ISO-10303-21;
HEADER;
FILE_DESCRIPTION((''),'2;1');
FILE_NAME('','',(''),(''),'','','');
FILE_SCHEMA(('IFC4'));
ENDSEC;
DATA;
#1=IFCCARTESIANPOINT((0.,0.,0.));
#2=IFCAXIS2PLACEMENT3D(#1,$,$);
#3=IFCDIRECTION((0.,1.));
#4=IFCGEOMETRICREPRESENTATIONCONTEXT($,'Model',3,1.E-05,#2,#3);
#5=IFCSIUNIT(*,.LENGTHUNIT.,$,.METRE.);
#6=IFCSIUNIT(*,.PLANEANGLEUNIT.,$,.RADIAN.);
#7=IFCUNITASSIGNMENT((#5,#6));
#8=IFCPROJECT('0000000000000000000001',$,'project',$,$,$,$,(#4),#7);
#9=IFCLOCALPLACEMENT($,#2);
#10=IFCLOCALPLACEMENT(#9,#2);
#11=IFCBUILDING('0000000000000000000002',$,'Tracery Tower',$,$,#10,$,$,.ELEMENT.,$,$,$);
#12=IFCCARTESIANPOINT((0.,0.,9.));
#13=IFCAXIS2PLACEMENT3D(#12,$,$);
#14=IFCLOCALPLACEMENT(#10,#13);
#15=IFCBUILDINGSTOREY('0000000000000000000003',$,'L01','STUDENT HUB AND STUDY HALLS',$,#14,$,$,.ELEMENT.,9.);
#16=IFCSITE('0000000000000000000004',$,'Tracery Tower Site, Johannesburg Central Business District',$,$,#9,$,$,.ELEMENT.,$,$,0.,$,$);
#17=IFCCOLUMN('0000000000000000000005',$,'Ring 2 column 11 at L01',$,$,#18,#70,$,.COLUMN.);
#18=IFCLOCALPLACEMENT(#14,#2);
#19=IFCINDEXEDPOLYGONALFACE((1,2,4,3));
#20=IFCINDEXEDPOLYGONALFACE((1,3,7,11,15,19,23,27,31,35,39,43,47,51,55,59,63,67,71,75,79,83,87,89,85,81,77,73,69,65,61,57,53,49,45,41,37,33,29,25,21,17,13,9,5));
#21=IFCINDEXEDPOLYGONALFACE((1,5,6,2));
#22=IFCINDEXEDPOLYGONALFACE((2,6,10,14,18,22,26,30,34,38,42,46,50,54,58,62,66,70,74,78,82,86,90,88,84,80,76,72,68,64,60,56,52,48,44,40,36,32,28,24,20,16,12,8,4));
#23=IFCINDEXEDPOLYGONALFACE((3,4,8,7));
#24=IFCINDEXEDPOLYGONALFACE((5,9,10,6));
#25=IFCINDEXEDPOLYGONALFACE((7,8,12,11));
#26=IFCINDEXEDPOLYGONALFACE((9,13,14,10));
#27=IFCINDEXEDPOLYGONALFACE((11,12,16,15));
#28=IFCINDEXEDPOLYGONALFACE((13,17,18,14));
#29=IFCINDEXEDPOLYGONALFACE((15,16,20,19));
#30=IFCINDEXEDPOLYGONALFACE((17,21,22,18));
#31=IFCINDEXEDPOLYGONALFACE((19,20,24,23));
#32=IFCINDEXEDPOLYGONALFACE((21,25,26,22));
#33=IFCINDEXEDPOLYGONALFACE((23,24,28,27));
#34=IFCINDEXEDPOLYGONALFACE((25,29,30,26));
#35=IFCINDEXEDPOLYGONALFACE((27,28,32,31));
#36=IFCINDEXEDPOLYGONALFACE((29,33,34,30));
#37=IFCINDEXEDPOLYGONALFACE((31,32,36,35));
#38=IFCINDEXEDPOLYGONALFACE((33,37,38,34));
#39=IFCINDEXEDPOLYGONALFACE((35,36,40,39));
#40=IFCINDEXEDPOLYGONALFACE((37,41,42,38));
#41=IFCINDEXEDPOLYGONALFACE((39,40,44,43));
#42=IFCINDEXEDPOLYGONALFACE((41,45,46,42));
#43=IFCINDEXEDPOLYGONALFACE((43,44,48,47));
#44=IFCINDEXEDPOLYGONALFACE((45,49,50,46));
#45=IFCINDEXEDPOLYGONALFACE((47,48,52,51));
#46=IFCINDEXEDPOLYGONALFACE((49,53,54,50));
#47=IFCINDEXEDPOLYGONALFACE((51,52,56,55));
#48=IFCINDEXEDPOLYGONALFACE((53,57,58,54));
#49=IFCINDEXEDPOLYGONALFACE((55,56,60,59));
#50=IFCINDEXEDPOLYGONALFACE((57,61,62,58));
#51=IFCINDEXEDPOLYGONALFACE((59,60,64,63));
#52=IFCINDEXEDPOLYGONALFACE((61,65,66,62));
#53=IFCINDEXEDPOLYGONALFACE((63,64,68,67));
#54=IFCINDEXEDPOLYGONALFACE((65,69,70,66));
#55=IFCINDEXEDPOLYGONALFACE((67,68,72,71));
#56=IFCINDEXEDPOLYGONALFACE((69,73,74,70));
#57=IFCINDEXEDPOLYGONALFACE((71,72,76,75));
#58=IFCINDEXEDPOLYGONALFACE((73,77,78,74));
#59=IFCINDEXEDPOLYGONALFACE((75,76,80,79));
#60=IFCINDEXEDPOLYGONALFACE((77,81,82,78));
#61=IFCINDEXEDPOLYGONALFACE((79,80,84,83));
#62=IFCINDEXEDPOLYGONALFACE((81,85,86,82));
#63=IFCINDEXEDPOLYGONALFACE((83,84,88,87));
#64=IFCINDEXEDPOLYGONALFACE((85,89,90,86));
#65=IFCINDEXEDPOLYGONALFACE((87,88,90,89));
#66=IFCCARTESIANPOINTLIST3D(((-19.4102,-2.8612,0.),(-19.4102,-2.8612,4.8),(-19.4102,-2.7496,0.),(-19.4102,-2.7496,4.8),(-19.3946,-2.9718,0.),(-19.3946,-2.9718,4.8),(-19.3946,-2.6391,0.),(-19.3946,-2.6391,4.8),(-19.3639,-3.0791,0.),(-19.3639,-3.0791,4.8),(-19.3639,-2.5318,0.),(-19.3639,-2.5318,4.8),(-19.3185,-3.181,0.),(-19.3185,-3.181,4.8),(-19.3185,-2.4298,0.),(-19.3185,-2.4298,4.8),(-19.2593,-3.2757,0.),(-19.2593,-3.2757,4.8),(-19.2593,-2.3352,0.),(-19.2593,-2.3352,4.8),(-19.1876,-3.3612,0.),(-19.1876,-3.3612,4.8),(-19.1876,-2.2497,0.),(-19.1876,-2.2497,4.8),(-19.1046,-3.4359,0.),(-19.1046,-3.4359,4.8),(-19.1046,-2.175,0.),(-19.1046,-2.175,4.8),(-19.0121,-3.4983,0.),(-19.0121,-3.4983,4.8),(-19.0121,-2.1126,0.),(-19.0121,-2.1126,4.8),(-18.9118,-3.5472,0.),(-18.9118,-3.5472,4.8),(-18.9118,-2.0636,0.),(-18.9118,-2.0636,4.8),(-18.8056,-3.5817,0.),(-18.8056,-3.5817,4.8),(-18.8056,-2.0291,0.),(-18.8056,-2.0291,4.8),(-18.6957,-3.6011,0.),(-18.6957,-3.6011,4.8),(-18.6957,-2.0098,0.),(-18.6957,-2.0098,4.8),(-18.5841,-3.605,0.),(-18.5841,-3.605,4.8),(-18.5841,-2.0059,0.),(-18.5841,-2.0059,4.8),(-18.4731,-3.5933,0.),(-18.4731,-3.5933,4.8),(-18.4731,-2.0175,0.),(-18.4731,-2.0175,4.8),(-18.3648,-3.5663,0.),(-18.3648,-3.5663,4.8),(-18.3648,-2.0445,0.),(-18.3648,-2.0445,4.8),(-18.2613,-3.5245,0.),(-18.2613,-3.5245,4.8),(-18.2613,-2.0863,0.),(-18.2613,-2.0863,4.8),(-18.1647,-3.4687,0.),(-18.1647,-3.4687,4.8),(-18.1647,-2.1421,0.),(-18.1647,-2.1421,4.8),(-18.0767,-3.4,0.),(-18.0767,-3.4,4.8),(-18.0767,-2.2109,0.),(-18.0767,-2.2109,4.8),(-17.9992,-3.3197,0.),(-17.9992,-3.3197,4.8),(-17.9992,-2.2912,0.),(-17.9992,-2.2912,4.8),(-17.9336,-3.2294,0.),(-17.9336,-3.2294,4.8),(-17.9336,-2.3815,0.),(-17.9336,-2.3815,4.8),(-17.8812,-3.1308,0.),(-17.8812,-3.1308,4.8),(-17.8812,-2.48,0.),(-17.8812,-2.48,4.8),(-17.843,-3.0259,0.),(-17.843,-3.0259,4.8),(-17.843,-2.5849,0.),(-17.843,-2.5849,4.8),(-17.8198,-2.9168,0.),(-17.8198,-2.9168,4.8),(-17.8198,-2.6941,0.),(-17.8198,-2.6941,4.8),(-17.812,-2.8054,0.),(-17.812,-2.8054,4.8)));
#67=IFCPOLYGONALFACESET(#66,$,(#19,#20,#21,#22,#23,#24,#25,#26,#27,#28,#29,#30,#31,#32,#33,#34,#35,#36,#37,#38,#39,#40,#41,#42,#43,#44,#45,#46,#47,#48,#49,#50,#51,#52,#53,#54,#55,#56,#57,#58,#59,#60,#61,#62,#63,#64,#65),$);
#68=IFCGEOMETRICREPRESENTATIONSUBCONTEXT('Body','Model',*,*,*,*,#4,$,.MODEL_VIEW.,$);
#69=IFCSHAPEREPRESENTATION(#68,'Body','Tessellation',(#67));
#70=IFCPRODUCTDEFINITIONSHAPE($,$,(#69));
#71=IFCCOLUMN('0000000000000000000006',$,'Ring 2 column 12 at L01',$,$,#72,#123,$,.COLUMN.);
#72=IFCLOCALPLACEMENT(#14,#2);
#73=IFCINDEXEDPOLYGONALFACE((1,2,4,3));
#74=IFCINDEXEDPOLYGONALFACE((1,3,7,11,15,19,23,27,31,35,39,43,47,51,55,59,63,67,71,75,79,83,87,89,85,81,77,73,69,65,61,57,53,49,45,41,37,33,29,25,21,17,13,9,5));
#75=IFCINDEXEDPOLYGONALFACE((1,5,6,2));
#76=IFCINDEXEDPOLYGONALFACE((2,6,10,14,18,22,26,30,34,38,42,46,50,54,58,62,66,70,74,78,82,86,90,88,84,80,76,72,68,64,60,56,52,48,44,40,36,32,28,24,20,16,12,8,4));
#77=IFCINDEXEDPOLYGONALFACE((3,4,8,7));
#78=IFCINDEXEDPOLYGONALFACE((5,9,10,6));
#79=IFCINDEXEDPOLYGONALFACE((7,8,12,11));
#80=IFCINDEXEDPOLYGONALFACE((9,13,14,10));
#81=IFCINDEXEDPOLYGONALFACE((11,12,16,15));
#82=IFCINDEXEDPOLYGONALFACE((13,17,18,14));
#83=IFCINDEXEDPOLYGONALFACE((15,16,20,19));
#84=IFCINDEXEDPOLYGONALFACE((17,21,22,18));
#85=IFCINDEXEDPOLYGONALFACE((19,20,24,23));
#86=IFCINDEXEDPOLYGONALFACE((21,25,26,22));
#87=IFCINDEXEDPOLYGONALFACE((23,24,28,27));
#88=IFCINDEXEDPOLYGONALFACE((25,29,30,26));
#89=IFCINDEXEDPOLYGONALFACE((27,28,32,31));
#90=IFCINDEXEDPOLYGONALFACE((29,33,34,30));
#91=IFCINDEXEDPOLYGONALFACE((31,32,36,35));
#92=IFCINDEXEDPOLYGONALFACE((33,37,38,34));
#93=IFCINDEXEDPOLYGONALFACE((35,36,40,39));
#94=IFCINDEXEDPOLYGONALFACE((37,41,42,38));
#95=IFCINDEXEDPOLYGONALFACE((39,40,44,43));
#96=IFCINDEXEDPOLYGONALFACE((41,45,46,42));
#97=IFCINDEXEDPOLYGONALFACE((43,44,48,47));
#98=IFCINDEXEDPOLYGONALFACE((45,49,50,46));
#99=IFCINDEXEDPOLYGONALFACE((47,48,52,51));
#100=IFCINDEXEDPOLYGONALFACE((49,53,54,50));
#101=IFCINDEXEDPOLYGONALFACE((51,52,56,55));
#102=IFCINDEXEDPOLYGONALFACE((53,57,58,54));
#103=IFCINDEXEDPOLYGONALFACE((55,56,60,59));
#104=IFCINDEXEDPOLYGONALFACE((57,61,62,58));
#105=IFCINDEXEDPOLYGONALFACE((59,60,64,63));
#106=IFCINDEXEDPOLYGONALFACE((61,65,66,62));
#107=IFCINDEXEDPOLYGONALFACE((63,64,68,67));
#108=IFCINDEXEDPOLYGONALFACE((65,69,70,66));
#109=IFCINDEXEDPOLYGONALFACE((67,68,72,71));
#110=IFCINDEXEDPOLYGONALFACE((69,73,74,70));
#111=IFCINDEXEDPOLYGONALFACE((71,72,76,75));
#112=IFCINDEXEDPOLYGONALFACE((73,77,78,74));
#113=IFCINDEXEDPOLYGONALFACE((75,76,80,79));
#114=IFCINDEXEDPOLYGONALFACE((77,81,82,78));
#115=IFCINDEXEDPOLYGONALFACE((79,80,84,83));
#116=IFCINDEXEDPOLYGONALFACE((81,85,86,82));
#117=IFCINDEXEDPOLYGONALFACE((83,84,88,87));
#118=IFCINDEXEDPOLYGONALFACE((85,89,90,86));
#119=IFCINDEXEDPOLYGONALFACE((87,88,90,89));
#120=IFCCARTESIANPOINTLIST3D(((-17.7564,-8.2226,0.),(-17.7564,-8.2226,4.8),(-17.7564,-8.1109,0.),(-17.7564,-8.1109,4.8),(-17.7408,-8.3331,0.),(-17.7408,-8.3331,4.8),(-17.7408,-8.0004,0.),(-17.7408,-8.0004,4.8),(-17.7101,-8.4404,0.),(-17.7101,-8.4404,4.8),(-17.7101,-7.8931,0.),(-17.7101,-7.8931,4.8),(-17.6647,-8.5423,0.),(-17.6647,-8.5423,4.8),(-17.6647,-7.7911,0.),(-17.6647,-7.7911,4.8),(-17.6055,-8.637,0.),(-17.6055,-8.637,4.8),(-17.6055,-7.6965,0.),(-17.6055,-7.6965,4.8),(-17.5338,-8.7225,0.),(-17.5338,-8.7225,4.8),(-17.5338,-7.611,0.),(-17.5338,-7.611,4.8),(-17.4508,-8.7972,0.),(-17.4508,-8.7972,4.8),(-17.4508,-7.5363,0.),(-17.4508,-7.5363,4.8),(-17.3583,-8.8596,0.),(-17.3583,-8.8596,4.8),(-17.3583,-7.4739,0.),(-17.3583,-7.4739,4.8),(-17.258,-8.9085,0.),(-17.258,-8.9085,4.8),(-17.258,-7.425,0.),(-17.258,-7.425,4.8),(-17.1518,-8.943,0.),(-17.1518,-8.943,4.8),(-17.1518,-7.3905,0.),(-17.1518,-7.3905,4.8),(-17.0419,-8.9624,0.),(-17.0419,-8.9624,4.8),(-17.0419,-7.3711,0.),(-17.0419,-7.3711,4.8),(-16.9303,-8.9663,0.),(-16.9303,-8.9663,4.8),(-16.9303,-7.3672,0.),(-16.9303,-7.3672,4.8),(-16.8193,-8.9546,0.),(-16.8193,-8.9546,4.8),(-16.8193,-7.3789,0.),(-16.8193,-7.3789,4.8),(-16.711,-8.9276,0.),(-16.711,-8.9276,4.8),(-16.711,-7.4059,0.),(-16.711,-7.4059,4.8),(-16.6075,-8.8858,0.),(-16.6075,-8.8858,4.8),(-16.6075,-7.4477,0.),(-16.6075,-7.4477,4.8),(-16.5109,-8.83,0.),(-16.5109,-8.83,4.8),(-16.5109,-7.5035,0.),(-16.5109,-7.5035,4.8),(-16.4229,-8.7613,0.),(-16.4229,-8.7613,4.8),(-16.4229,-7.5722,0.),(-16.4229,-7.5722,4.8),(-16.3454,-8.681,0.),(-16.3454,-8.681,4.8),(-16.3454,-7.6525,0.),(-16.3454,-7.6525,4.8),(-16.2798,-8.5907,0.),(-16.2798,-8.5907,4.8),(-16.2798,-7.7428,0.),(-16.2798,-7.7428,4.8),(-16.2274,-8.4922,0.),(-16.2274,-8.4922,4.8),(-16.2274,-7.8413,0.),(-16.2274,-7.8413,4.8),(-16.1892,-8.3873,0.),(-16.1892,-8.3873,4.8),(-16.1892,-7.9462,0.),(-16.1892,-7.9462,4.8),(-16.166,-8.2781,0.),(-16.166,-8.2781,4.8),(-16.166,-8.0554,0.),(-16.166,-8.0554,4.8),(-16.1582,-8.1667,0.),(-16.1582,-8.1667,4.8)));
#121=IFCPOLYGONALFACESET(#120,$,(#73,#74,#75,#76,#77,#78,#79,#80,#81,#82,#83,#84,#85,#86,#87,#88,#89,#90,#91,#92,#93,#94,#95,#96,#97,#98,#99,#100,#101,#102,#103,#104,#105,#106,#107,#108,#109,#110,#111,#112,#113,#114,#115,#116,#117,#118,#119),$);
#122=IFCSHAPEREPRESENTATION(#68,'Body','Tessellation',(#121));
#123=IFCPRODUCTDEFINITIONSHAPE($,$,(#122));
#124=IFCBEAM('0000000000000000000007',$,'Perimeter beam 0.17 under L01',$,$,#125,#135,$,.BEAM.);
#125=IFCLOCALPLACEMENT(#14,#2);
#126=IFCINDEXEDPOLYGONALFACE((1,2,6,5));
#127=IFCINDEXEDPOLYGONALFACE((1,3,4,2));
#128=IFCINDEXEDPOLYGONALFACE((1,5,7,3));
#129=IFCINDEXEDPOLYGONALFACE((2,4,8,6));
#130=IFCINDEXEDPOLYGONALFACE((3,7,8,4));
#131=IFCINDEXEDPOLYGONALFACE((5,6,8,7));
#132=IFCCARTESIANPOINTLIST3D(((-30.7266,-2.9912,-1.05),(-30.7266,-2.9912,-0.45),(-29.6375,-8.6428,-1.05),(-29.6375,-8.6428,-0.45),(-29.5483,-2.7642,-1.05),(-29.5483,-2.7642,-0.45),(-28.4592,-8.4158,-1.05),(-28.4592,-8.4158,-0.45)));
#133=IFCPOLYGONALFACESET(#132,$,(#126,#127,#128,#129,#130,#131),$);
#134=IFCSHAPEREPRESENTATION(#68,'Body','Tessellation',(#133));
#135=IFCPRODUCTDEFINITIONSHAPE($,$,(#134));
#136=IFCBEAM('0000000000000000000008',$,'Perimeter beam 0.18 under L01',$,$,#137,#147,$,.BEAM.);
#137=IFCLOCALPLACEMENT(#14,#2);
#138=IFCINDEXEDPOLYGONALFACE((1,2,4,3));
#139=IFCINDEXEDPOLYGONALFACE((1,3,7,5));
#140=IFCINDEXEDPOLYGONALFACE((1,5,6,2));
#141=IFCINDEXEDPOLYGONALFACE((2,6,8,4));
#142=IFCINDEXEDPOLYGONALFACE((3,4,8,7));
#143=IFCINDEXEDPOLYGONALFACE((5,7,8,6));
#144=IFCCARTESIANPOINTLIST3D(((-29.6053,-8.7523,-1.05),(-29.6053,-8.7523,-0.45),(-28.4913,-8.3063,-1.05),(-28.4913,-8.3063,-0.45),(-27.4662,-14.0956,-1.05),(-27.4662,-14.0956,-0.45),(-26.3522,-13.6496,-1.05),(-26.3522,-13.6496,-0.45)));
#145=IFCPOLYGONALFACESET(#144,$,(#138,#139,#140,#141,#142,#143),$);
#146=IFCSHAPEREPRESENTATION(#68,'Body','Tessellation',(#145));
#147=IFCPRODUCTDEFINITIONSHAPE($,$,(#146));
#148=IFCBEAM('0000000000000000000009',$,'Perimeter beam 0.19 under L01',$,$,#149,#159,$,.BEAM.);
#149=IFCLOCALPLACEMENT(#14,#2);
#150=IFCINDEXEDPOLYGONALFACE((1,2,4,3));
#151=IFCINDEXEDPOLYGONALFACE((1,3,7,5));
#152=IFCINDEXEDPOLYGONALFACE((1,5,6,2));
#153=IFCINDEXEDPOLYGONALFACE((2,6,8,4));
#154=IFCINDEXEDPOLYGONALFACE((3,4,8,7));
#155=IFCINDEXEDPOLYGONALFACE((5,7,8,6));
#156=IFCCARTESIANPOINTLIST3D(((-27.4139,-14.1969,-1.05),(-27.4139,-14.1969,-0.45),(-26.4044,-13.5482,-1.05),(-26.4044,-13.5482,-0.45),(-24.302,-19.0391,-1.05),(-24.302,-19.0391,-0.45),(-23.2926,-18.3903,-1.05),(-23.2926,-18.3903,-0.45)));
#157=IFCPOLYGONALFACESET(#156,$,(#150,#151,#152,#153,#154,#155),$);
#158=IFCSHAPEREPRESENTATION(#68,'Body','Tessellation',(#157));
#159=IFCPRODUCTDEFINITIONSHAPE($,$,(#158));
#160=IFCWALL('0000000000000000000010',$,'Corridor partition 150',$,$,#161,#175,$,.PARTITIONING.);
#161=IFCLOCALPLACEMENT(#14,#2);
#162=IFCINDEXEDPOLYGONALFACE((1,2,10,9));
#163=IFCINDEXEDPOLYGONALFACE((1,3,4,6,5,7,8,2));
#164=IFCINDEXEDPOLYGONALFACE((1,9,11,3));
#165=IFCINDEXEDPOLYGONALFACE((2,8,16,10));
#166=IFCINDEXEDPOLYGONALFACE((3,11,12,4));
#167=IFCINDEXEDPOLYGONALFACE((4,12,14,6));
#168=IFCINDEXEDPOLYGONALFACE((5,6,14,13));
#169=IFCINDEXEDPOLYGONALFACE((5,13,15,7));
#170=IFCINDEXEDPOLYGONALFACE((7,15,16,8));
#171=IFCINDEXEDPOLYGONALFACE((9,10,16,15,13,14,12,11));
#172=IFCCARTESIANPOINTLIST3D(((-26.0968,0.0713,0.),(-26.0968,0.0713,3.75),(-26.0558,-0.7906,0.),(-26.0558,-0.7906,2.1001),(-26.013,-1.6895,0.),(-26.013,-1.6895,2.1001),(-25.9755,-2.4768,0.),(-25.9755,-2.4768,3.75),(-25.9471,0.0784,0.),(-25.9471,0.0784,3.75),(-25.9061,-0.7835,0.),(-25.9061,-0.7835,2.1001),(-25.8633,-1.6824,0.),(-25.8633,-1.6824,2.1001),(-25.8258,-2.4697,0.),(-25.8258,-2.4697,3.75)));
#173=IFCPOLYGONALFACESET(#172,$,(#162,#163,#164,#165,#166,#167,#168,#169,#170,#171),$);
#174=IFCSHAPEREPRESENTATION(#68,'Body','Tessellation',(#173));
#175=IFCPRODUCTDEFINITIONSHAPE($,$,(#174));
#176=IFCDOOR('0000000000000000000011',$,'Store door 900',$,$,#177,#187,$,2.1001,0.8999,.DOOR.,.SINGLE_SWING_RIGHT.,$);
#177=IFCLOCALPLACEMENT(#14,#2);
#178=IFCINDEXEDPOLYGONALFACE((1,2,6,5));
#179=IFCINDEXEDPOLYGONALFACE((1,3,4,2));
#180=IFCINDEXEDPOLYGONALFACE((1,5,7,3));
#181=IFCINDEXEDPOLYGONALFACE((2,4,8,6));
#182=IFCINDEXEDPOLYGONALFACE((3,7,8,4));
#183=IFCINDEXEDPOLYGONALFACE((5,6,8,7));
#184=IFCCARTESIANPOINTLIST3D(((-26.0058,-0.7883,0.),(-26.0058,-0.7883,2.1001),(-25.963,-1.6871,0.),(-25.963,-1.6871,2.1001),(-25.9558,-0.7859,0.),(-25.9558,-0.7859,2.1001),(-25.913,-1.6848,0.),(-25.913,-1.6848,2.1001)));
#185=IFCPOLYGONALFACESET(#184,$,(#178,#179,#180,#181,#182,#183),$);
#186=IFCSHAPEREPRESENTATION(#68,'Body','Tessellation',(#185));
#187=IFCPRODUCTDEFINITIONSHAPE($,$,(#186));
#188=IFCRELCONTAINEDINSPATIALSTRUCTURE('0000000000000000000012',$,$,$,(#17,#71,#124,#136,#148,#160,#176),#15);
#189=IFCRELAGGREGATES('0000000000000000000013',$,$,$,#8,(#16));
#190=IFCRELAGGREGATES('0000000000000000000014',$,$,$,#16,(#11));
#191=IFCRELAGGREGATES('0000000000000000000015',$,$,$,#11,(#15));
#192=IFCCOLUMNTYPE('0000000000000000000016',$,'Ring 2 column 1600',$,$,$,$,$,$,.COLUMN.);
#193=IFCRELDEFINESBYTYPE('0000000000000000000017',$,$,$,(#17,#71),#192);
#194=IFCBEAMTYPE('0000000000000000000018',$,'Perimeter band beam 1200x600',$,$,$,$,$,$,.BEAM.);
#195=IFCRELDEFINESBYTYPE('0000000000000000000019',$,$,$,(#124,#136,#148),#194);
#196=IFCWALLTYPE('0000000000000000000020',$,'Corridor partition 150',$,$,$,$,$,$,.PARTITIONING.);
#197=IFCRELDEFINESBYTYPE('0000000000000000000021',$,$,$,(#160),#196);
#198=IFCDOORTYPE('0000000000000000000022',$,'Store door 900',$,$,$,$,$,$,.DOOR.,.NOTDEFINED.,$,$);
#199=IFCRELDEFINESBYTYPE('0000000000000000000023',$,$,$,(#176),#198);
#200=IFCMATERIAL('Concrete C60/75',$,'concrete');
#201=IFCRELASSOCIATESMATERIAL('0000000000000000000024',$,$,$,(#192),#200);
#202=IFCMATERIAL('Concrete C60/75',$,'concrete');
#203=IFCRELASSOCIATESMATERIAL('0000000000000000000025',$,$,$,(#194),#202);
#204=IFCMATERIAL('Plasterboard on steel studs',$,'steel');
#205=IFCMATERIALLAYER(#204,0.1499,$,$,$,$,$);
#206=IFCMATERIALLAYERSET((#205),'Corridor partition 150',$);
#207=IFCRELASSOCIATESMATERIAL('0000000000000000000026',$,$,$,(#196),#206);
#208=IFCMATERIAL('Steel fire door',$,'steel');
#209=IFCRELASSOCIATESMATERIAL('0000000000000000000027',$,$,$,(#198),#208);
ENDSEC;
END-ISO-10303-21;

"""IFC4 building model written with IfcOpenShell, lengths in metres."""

from ifc_helpers import new_model, si_unit, direction, frame, frame_2d, origin, origin_2d, place, context, subcontext, project, spatial, rectangle, circle, extrude, material, layer, layer_set, material_profile, profile_set, type_object, element, fill, save


model = new_model("IFC4")

# Units and contexts
model_context = context("Model", 3, precision=1e-05, world=origin(), true_north=direction((0.0, 1.0)))
body_context = subcontext(model_context, "Body", "Model", "MODEL_VIEW")
ifc_project = project(units=[si_unit("LENGTHUNIT", "METRE"), si_unit("PLANEANGLEUNIT", "RADIAN")], contexts=[model_context])

# Site, building, storey
site_placement = place(None, origin())
site = spatial("IfcSite", under=ifc_project, at=site_placement, Name="Tracery Tower Site, Johannesburg Central Business District", CompositionType="ELEMENT", RefElevation=0.0)
building_placement = place(site_placement, origin())
building = spatial("IfcBuilding", under=site, at=building_placement, Name="Tracery Tower", CompositionType="ELEMENT")
storey_placement = place(building_placement, frame((0.0, 0.0, 9.0)))
storey = spatial("IfcBuildingStorey", under=building, at=storey_placement, Name="L01", Description="STUDENT HUB AND STUDY HALLS", CompositionType="ELEMENT", Elevation=9.0)

# Columns
ifc_material_1 = material(Name="Concrete C60/75", Category="concrete")
ifc_material_profile_1 = material_profile(ifc_material_1, circle(Radius=0.8, at=origin_2d()), Name="RC D1600")
ifc_profile_set_1 = profile_set([ifc_material_profile_1], Name="Concrete C60/75")
column_type_1 = type_object("IfcColumnType", Name="Ring 2 column 1600", PredefinedType="COLUMN", material=ifc_profile_set_1)
for number, where, z_axis, x_axis, name in (
    (1, (-18.6121, -2.8054, 0.0), (0.0, 0.0, 1.0), (1.0, 0.0, 0.0), "Ring 2 column 11 at L01"),
    (2, (-16.9583, -8.1667, 0.0), (0.0, 0.0, 1.0), (1.0, 0.0, 0.0), "Ring 2 column 12 at L01"),
):
    element("IfcColumn", number, at=place(storey_placement, frame(where, z_axis=z_axis, x_axis=x_axis)), inside=storey, type_object=column_type_1, Name=name, PredefinedType="COLUMN", context=body_context, shape_type="SweptSolid", body=[
        extrude(circle(Radius=0.8, at=origin_2d()), origin(), (0.0, 0.0, 1.0), 4.8),
    ])

# Beams
ifc_material_2 = material(Name="Concrete C60/75", Category="concrete")
ifc_material_profile_2 = material_profile(ifc_material_2, rectangle(XDim=1.2, YDim=0.6001, at=origin_2d()), Name="RC 1200x600")
ifc_profile_set_2 = profile_set([ifc_material_profile_2], Name="Concrete C60/75")
beam_type = type_object("IfcBeamType", Name="Perimeter band beam 1200x600", PredefinedType="BEAM", material=ifc_profile_set_2)
for number, where, z_axis, x_axis, name in (
    (3, (-30.1375, -2.8777, -0.75), (0.189227, -0.981933, 0.0), (0.981933, 0.189227, 0.0), "Perimeter beam 0.17 under L01"),
    (4, (-29.0483, -8.5293, -0.75), (0.371669, -0.928365, 0.0), (0.928365, 0.371669, 0.0), "Perimeter beam 0.18 under L01"),
):
    element("IfcBeam", number, at=place(storey_placement, frame(where, z_axis=z_axis, x_axis=x_axis)), inside=storey, type_object=beam_type, Name=name, PredefinedType="BEAM", context=body_context, shape_type="SweptSolid", body=[
        extrude(rectangle(XDim=1.2, YDim=0.6001, at=origin_2d()), origin(), (0.0, 0.0, 1.0), 5.7556),
    ])
beam_placement = place(storey_placement, frame((-26.9092, -13.8726, -0.75), z_axis=(0.540644, -0.841252, 0.0), x_axis=(0.841252, 0.540644, 0.0)))
element("IfcBeam", 5, at=beam_placement, inside=storey, type_object=beam_type, Name="Perimeter beam 0.19 under L01", PredefinedType="BEAM", context=body_context, shape_type="SweptSolid", body=[
    extrude(rectangle(XDim=1.2, YDim=0.6001, at=origin_2d()), origin(), (0.0, 0.0, 1.0), 5.7559),
])

# Wall, opening, door
ifc_material_3 = material(Name="Plasterboard on steel studs", Category="steel")
ifc_layer_1 = layer(ifc_material_3, 0.1499)
ifc_layer_set_1 = layer_set([ifc_layer_1], Name="Corridor partition 150")
wall_type_1 = type_object("IfcWallType", Name="Corridor partition 150", PredefinedType="PARTITIONING", material=ifc_layer_set_1)
wall_1_placement = place(storey_placement, frame((-25.9006, -2.4731, 0.0), z_axis=(0.0, 0.0, 1.0), x_axis=(-0.047565, 0.998868, 0.0)))
wall_1 = element("IfcWall", 6, at=wall_1_placement, inside=storey, type_object=wall_type_1, Name="Corridor partition 150", PredefinedType="PARTITIONING", context=body_context, shape_type="SweptSolid", body=[
    extrude(rectangle(XDim=2.551, YDim=0.1499, at=frame_2d((1.2754, 0.0))), origin(), (0.0, 0.0, 1.0), 3.75),
])
opening_1_placement = place(wall_1_placement, frame((0.7881, 0.0, 0.0)))
opening_1 = element("IfcOpeningElement", 7, at=opening_1_placement, cuts=wall_1, PredefinedType="OPENING", context=body_context, shape_type="SweptSolid", body=[
    extrude(rectangle(XDim=0.8999, YDim=2.1001, at=frame_2d((0.45, 1.05))), frame((0.0, 0.075, 0.0), z_axis=(0.0, -1.0, 0.0), x_axis=(1.0, 0.0, 0.0)), (0.0, 0.0, 1.0), 0.1499),
])
ifc_material_4 = material(Name="Steel fire door", Category="steel")
door_type = type_object("IfcDoorType", Name="Store door 900", OperationType="NOTDEFINED", PredefinedType="DOOR", material=ifc_material_4)
door_placement = place(opening_1_placement, origin())
door = element("IfcDoor", 8, at=door_placement, inside=storey, type_object=door_type, Name="Store door 900", OperationType="SINGLE_SWING_RIGHT", OverallHeight=2.1001, OverallWidth=0.8999, PredefinedType="DOOR", context=body_context, shape_type="SweptSolid", body=[
    extrude(rectangle(XDim=0.8999, YDim=2.1001, at=frame_2d((0.45, 1.05))), frame((0.0, 0.0249, 0.0), z_axis=(0.0, -1.0, 0.0), x_axis=(1.0, 0.0, 0.0)), (0.0, 0.0, 1.0), 0.05),
])
fill(opening_1, door)

save(model, "model.ifc")
